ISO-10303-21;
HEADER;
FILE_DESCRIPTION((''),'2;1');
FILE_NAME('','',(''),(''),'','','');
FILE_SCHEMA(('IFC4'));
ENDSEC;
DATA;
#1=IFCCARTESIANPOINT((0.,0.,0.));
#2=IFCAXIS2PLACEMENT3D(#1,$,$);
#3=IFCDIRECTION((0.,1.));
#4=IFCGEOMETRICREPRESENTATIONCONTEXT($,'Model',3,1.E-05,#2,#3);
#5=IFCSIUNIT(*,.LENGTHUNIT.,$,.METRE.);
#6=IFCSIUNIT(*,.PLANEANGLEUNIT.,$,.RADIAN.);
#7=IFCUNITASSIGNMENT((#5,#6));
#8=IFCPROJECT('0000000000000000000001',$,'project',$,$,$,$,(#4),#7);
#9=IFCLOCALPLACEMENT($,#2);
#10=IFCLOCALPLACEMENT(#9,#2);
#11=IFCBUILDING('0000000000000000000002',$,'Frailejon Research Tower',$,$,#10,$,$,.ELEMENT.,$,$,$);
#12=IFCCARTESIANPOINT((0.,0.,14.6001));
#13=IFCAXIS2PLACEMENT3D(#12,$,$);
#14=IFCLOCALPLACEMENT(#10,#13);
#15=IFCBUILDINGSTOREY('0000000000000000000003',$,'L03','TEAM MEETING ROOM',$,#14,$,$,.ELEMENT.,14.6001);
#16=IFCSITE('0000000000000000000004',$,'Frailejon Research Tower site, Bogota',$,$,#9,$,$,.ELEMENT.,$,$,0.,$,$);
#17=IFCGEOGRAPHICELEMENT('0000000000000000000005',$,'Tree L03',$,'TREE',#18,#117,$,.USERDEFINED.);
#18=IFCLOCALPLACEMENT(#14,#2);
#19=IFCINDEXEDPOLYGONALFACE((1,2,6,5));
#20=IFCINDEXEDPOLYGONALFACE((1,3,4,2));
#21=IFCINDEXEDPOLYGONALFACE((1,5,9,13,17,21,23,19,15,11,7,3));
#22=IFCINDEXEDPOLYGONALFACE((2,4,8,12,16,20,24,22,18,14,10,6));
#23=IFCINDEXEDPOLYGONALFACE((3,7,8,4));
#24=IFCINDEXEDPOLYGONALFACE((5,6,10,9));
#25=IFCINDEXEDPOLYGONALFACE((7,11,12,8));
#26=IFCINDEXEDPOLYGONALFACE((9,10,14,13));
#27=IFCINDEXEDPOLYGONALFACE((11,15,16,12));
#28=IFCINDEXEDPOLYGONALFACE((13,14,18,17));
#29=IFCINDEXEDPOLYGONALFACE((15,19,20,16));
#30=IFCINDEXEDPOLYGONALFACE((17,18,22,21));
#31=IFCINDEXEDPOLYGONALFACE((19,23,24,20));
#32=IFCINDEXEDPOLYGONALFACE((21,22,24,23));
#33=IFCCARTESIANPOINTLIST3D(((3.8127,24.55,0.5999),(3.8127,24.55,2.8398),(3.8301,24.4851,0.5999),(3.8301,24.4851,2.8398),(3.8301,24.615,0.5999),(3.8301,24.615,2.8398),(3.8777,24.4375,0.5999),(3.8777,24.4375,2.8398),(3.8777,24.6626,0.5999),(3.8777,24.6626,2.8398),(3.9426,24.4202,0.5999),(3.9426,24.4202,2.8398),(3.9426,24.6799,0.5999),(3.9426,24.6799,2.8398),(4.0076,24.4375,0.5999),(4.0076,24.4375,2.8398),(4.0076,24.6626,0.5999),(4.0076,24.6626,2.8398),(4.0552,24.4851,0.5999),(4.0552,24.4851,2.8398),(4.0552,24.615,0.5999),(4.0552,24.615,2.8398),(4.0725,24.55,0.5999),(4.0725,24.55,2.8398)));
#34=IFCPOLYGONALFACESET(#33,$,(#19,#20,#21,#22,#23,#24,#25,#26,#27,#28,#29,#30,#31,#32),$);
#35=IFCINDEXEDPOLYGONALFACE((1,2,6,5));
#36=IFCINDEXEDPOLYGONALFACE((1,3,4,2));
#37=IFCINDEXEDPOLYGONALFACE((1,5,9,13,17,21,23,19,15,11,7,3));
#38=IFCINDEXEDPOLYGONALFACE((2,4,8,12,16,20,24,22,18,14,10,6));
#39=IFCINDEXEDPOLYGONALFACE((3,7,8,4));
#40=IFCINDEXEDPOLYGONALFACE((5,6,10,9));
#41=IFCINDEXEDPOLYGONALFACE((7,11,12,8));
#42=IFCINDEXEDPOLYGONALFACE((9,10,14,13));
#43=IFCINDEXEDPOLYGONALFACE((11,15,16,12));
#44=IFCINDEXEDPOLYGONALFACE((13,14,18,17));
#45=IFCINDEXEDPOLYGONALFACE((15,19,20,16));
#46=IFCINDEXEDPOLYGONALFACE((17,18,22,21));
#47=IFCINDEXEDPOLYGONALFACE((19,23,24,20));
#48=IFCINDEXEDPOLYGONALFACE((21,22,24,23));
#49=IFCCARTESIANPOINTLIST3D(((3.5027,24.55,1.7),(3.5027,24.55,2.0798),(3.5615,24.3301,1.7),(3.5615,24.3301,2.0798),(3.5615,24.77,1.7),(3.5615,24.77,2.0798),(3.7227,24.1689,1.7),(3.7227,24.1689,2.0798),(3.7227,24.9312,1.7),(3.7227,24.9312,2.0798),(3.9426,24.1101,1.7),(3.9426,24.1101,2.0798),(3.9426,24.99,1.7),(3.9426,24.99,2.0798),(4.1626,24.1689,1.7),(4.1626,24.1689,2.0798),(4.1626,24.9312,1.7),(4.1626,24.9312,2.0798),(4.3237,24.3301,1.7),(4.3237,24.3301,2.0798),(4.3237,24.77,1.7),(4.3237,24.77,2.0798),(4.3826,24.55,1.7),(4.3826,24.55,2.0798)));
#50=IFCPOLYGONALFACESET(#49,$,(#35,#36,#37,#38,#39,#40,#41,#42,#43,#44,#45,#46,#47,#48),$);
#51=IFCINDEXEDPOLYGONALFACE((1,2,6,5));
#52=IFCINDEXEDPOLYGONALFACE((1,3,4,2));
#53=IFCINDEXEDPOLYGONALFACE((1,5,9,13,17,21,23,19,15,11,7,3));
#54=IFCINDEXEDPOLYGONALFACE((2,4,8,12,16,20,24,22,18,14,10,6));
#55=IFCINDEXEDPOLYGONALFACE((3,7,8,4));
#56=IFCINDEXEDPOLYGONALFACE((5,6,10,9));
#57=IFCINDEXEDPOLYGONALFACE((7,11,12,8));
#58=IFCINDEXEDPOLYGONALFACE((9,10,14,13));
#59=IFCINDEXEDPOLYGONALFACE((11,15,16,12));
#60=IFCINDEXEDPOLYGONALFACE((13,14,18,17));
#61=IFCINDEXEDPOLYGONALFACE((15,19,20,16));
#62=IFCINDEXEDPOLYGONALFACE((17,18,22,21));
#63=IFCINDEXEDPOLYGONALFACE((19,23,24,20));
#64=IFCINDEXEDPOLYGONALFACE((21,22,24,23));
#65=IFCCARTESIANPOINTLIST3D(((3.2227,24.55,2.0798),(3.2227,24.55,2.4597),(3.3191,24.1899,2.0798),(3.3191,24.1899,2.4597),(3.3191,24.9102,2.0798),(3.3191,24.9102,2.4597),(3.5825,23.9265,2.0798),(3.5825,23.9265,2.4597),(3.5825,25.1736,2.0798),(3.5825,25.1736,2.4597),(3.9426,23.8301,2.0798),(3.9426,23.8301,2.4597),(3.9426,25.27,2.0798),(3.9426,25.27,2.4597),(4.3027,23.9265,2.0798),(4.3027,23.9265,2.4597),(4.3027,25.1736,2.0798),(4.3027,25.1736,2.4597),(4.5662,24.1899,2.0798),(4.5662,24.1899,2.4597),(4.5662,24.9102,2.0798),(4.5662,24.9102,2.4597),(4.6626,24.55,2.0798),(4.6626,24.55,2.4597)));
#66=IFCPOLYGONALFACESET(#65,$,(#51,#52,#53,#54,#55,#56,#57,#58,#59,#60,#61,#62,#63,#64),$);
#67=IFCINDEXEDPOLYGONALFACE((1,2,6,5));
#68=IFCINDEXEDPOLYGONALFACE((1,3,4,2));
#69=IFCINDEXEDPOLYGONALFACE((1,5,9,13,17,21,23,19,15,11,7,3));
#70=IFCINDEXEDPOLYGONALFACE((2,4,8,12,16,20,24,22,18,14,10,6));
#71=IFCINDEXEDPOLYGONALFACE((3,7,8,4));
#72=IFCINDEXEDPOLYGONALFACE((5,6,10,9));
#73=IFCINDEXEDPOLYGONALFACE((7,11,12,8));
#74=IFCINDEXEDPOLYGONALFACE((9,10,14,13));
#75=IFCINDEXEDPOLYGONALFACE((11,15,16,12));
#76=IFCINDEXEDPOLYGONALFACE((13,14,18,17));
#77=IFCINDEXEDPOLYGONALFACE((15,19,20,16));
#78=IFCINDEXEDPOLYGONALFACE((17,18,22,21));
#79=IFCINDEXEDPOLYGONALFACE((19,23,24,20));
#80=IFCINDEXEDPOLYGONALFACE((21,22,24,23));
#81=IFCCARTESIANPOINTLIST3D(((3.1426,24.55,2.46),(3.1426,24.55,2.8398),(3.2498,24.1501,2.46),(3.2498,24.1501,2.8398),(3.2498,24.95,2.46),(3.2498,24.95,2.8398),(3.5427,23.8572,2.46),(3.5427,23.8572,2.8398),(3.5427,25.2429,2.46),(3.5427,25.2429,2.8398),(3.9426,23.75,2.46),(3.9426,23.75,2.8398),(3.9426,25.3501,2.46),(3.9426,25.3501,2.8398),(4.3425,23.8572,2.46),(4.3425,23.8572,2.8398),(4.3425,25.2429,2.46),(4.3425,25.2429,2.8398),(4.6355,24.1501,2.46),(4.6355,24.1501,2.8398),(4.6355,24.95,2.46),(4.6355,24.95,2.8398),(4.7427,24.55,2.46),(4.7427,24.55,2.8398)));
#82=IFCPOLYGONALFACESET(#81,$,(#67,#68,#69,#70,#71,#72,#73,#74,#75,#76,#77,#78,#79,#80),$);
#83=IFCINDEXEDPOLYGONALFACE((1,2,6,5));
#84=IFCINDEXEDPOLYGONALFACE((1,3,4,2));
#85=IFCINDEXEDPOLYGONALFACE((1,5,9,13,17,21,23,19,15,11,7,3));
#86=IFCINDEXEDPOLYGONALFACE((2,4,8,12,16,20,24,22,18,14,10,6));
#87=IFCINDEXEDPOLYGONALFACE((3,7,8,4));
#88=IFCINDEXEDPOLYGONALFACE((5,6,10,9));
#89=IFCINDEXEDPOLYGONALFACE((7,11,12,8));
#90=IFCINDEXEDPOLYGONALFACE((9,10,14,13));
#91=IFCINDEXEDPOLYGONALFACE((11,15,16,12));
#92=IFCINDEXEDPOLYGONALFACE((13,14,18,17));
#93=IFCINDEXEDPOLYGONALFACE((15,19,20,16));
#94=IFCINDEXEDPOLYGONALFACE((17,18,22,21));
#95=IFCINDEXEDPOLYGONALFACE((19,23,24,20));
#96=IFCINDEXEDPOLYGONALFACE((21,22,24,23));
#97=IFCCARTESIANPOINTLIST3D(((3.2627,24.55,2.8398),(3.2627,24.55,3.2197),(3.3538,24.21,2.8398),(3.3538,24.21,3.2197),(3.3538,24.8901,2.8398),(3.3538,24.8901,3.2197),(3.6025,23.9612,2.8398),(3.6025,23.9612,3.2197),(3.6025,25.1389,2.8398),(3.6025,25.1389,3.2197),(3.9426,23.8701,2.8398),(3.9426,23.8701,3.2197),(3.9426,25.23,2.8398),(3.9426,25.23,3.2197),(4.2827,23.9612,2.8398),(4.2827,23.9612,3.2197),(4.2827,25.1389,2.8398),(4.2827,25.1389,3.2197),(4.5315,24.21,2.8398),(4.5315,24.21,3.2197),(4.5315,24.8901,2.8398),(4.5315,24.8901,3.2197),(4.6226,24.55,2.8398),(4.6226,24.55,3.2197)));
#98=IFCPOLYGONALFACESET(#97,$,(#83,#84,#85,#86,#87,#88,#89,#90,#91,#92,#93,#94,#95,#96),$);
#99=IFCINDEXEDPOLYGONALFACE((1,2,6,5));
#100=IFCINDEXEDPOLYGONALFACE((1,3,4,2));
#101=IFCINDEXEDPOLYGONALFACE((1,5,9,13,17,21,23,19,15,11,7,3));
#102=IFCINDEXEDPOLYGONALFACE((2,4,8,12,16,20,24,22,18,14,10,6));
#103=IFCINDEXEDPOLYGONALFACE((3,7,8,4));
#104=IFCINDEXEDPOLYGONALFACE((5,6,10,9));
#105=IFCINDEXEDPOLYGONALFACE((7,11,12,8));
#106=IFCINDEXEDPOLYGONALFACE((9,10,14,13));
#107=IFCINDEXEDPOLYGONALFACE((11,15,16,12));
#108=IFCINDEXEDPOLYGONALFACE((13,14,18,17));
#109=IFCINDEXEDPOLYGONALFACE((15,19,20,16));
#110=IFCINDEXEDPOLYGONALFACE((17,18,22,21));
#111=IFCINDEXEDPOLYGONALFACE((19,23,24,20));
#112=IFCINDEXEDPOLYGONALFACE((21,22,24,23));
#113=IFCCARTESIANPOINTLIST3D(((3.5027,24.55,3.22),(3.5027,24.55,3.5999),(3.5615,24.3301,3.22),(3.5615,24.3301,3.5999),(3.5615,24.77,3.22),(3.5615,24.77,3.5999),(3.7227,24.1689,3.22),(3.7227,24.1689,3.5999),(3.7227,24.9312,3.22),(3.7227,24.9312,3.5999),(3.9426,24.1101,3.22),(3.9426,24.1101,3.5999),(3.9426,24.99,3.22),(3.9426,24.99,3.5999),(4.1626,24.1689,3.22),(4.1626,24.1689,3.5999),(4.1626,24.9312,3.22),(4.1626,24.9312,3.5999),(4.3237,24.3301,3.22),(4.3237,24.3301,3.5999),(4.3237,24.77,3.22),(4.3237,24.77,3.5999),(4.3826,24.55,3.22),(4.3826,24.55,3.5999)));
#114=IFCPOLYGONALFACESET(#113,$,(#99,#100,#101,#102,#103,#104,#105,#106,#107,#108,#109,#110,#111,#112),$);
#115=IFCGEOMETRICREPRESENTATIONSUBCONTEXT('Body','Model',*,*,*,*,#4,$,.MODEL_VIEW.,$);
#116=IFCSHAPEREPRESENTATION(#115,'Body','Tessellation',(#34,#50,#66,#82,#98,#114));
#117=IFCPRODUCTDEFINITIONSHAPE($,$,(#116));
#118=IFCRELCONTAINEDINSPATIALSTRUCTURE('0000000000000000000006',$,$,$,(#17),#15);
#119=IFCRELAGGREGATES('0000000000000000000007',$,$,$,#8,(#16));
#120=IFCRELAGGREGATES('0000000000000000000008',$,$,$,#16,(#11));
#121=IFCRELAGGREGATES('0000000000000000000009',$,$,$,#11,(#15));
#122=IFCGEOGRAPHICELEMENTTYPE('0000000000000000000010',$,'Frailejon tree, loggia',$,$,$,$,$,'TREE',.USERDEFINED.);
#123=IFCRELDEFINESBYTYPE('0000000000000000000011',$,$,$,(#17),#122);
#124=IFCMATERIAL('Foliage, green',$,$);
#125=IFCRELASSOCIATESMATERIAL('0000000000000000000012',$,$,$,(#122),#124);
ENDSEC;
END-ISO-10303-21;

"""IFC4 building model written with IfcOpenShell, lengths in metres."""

from ifc_helpers import new_model, si_unit, direction, frame, origin, place, context, subcontext, project, spatial, polyline, outline, extrude, material, type_object, element, save


model = new_model("IFC4")

# Units and contexts
model_context = context("Model", 3, precision=1e-05, world=origin(), true_north=direction((0.0, 1.0)))
body_context = subcontext(model_context, "Body", "Model", "MODEL_VIEW")
ifc_project = project(units=[si_unit("LENGTHUNIT", "METRE"), si_unit("PLANEANGLEUNIT", "RADIAN")], contexts=[model_context])

# Site, building, storey
site_placement = place(None, origin())
site = spatial("IfcSite", under=ifc_project, at=site_placement, Name="Frailejon Research Tower site, Bogota", CompositionType="ELEMENT", RefElevation=0.0)
building_placement = place(site_placement, origin())
building = spatial("IfcBuilding", under=site, at=building_placement, Name="Frailejon Research Tower", CompositionType="ELEMENT")
storey_placement = place(building_placement, frame((0.0, 0.0, 14.6001)))
storey = spatial("IfcBuildingStorey", under=building, at=storey_placement, Name="L03", Description="TEAM MEETING ROOM", CompositionType="ELEMENT", Elevation=14.6001)

# Geographic element
ifc_material_1 = material(Name="Foliage, green")
geographic_element_type = type_object("IfcGeographicElementType", Name="Frailejon tree, loggia", ElementType="TREE", PredefinedType="USERDEFINED", material=ifc_material_1)
geographic_element_placement = place(storey_placement, frame((3.9426, 24.55, 0.5999)))
element("IfcGeographicElement", 1, at=geographic_element_placement, inside=storey, type_object=geographic_element_type, Name="Tree L03", ObjectType="TREE", PredefinedType="USERDEFINED", context=body_context, shape_type="SweptSolid", body=[
    extrude(outline(polyline([(0.1299, 0.0), (0.1125, 0.0649), (0.0649, 0.1125), (0.0, 0.1299), (-0.0649, 0.1125), (-0.1125, 0.0649), (-0.1299, 0.0), (-0.1125, -0.0649), (-0.0649, -0.1125), (0.0, -0.1299), (0.0649, -0.1125), (0.1125, -0.0649), (0.1299, 0.0)])), origin(), (0.0, 0.0, 1.0), 2.24),
    extrude(outline(polyline([(0.4399, 0.0), (0.3811, 0.22), (0.22, 0.3811), (0.0, 0.4399), (-0.22, 0.3811), (-0.3811, 0.22), (-0.4399, 0.0), (-0.3811, -0.22), (-0.22, -0.3811), (0.0, -0.4399), (0.22, -0.3811), (0.3811, -0.22), (0.4399, 0.0)])), frame((0.0, 0.0, 1.1001)), (0.0, 0.0, 1.0), 0.3799),
    extrude(outline(polyline([(0.72, 0.0), (0.6235, 0.3601), (0.3601, 0.6235), (0.0, 0.72), (-0.3601, 0.6235), (-0.6235, 0.3601), (-0.72, 0.0), (-0.6235, -0.3601), (-0.3601, -0.6235), (0.0, -0.72), (0.3601, -0.6235), (0.6235, -0.3601), (0.72, 0.0)])), frame((0.0, 0.0, 1.48)), (0.0, 0.0, 1.0), 0.3799),
    extrude(outline(polyline([(0.8, 0.0), (0.6929, 0.3999), (0.3999, 0.6929), (0.0, 0.8), (-0.3999, 0.6929), (-0.6929, 0.3999), (-0.8, 0.0), (-0.6929, -0.3999), (-0.3999, -0.6929), (0.0, -0.8), (0.3999, -0.6929), (0.6929, -0.3999), (0.8, 0.0)])), frame((0.0, 0.0, 1.8601)), (0.0, 0.0, 1.0), 0.3799),
    extrude(outline(polyline([(0.6799, 0.0), (0.5889, 0.3401), (0.3401, 0.5889), (0.0, 0.6799), (-0.3401, 0.5889), (-0.5889, 0.3401), (-0.6799, 0.0), (-0.5889, -0.3401), (-0.3401, -0.5889), (0.0, -0.6799), (0.3401, -0.5889), (0.5889, -0.3401), (0.6799, 0.0)])), frame((0.0, 0.0, 2.24)), (0.0, 0.0, 1.0), 0.3799),
    extrude(outline(polyline([(0.4399, 0.0), (0.3811, 0.22), (0.22, 0.3811), (0.0, 0.4399), (-0.22, 0.3811), (-0.3811, 0.22), (-0.4399, 0.0), (-0.3811, -0.22), (-0.22, -0.3811), (0.0, -0.4399), (0.22, -0.3811), (0.3811, -0.22), (0.4399, 0.0)])), frame((0.0, 0.0, 2.6201)), (0.0, 0.0, 1.0), 0.3799),
])

save(model, "model.ifc")
